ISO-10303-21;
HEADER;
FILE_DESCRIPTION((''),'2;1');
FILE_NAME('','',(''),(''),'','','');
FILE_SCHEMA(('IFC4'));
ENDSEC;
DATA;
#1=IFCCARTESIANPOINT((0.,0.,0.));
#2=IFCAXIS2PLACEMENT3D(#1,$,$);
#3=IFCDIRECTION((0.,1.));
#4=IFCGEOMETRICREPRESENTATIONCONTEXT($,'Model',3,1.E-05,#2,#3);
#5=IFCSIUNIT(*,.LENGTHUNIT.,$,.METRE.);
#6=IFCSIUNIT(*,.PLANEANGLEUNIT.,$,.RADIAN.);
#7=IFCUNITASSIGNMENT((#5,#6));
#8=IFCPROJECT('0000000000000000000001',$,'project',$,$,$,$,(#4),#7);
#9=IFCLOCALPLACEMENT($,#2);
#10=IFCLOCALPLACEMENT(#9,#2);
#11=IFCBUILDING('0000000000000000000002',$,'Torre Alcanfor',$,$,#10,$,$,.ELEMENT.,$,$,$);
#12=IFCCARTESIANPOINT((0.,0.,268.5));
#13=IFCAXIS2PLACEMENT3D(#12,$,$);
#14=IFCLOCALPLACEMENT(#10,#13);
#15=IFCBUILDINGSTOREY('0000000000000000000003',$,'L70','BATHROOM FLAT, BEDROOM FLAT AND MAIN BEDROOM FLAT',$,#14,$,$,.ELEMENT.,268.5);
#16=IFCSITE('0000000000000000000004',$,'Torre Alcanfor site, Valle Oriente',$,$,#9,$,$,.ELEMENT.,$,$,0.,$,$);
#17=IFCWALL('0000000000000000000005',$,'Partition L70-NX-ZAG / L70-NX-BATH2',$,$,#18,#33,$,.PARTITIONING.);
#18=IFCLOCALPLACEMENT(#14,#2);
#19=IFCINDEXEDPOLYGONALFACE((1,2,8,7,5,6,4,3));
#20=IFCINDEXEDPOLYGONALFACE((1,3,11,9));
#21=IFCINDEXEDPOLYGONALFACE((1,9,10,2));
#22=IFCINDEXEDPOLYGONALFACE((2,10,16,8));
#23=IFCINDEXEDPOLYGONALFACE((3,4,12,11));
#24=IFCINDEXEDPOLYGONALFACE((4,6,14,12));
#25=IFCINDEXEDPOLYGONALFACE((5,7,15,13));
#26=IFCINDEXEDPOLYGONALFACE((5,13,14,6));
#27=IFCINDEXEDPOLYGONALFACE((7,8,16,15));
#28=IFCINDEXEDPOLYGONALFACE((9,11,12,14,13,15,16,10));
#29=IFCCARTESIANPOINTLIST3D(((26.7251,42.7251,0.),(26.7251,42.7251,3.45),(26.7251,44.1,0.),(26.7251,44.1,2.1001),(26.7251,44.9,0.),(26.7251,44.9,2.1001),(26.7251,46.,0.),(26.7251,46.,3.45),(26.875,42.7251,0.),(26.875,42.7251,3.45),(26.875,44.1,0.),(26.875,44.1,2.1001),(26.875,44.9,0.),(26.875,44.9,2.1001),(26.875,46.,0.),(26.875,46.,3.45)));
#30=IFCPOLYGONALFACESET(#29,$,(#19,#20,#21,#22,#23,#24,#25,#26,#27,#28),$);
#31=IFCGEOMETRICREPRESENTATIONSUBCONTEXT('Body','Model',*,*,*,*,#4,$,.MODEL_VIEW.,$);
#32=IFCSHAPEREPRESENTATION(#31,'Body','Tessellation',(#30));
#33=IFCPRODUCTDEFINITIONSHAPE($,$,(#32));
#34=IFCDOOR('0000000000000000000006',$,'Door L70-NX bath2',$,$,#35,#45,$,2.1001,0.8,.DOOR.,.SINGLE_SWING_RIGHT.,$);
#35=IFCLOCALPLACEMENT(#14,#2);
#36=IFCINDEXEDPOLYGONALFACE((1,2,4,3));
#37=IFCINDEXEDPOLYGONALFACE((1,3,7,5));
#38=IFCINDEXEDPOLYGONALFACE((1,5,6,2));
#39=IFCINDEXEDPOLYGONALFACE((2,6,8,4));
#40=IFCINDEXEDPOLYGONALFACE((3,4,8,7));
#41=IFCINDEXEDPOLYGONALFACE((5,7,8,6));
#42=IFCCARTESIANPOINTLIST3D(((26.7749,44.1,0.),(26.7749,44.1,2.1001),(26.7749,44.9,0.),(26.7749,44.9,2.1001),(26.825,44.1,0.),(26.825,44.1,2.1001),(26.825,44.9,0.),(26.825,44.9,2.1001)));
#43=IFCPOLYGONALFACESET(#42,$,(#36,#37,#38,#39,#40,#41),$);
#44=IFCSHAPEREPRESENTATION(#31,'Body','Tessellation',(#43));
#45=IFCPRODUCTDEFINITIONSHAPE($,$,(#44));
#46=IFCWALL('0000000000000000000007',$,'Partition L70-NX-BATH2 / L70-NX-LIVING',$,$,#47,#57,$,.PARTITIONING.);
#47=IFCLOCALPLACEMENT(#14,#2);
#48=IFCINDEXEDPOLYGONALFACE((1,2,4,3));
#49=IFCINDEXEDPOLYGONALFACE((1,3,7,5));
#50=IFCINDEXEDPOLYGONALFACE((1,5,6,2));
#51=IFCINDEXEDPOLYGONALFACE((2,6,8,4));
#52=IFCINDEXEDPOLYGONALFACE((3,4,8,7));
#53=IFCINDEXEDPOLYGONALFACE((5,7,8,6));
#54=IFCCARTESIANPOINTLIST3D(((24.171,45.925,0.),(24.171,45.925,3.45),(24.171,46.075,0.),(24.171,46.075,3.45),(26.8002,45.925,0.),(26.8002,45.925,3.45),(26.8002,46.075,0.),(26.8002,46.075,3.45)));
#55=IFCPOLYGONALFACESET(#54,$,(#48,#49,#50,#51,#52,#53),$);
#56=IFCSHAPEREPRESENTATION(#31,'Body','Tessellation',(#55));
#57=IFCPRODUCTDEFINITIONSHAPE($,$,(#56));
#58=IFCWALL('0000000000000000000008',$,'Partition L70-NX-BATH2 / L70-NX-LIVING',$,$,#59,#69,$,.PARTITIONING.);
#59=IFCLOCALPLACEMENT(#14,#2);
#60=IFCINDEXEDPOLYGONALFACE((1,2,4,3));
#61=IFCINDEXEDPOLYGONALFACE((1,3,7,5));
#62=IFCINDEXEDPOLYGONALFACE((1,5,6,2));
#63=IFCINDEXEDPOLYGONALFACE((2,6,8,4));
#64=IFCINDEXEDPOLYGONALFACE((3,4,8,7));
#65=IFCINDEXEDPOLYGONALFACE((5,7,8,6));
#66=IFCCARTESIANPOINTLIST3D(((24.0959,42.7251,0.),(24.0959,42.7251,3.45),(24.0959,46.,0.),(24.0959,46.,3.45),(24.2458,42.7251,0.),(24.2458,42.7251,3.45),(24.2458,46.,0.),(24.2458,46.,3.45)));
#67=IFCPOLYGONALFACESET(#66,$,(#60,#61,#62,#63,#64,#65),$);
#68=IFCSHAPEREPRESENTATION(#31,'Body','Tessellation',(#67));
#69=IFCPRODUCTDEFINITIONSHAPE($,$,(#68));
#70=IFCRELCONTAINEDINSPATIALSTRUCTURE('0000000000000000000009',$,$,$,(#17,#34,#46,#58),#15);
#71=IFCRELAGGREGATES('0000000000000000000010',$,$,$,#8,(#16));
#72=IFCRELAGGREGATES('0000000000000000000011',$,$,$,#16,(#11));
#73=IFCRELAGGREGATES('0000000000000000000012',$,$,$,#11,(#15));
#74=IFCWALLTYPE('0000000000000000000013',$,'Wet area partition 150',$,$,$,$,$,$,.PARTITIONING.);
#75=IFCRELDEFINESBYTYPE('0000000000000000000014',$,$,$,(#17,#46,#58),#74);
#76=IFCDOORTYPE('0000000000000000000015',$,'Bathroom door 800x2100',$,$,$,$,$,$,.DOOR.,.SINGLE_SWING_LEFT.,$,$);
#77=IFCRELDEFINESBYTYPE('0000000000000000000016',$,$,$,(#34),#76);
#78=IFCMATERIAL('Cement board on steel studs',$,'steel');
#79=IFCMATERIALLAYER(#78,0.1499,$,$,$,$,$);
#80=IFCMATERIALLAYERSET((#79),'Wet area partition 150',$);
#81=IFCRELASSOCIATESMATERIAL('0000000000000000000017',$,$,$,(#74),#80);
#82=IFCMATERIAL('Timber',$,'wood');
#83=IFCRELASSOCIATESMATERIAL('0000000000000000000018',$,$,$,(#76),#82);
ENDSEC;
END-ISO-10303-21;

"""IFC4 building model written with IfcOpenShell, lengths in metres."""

from ifc_helpers import new_model, si_unit, direction, frame, frame_2d, origin, place, context, subcontext, project, spatial, rectangle, extrude, material, layer, layer_set, type_object, element, fill, save


model = new_model("IFC4")

# Units and contexts
model_context = context("Model", 3, precision=1e-05, world=origin(), true_north=direction((0.0, 1.0)))
body_context = subcontext(model_context, "Body", "Model", "MODEL_VIEW")
ifc_project = project(units=[si_unit("LENGTHUNIT", "METRE"), si_unit("PLANEANGLEUNIT", "RADIAN")], contexts=[model_context])

# Site, building, storey
site_placement = place(None, origin())
site = spatial("IfcSite", under=ifc_project, at=site_placement, Name="Torre Alcanfor site, Valle Oriente", CompositionType="ELEMENT", RefElevation=0.0)
building_placement = place(site_placement, origin())
building = spatial("IfcBuilding", under=site, at=building_placement, Name="Torre Alcanfor", CompositionType="ELEMENT")
storey_placement = place(building_placement, frame((0.0, 0.0, 268.5)))
storey = spatial("IfcBuildingStorey", under=building, at=storey_placement, Name="L70", Description="BATHROOM FLAT, BEDROOM FLAT AND MAIN BEDROOM FLAT", CompositionType="ELEMENT", Elevation=268.5)

# Wall, opening, door
ifc_material_1 = material(Name="Cement board on steel studs", Category="steel")
ifc_layer_1 = layer(ifc_material_1, 0.1499)
ifc_layer_set_1 = layer_set([ifc_layer_1], Name="Wet area partition 150")
wall_type_1 = type_object("IfcWallType", Name="Wet area partition 150", PredefinedType="PARTITIONING", material=ifc_layer_set_1)
wall_1_placement = place(storey_placement, frame((26.8, 46.0, 0.0), z_axis=(0.0, 0.0, 1.0), x_axis=(0.0, -1.0, 0.0)))
wall_1 = element("IfcWall", 1, at=wall_1_placement, inside=storey, type_object=wall_type_1, Name="Partition L70-NX-ZAG / L70-NX-BATH2", PredefinedType="PARTITIONING", context=body_context, shape_type="SweptSolid", body=[
    extrude(rectangle(XDim=3.2749, YDim=0.1499, at=frame_2d((1.6375, 0.0))), origin(), (0.0, 0.0, 1.0), 3.45),
])
opening_1_placement = place(wall_1_placement, frame((1.1001, 0.0, 0.0)))
opening_1 = element("IfcOpeningElement", 2, at=opening_1_placement, cuts=wall_1, PredefinedType="OPENING", context=body_context, shape_type="SweptSolid", body=[
    extrude(rectangle(XDim=0.8, YDim=2.1001, at=frame_2d((0.3999, 1.05))), frame((0.0, 0.085, 0.0), z_axis=(0.0, -1.0, 0.0), x_axis=(1.0, 0.0, 0.0)), (0.0, 0.0, 1.0), 0.1699),
])
ifc_material_2 = material(Name="Timber", Category="wood")
door_type_1 = type_object("IfcDoorType", Name="Bathroom door 800x2100", OperationType="SINGLE_SWING_LEFT", PredefinedType="DOOR", material=ifc_material_2)
door_1_placement = place(opening_1_placement, frame((0.8, 0.0, 0.0), z_axis=(0.0, 0.0, 1.0), x_axis=(-1.0, 0.0, 0.0)))
door_1 = element("IfcDoor", 3, at=door_1_placement, inside=storey, type_object=door_type_1, Name="Door L70-NX bath2", OperationType="SINGLE_SWING_RIGHT", OverallHeight=2.1001, OverallWidth=0.8, PredefinedType="DOOR", context=body_context, shape_type="SweptSolid", body=[
    extrude(rectangle(XDim=0.8, YDim=2.1001, at=frame_2d((0.4001, 1.05))), frame((0.0, 0.0251, 0.0), z_axis=(0.0, -1.0, 0.0), x_axis=(1.0, 0.0, 0.0)), (0.0, 0.0, 1.0), 0.05),
])
fill(opening_1, door_1)

# Walls
wall_2_placement = place(storey_placement, frame((26.8, 46.0, 0.0), z_axis=(0.0, 0.0, 1.0), x_axis=(-1.0, 0.0, 0.0)))
element("IfcWall", 4, at=wall_2_placement, inside=storey, type_object=wall_type_1, Name="Partition L70-NX-BATH2 / L70-NX-LIVING", PredefinedType="PARTITIONING", context=body_context, shape_type="SweptSolid", body=[
    extrude(rectangle(XDim=2.6292, YDim=0.1499, at=frame_2d((1.3145, 0.0))), origin(), (0.0, 0.0, 1.0), 3.45),
])
wall_3_placement = place(storey_placement, frame((24.1709, 46.0, 0.0), z_axis=(0.0, 0.0, 1.0), x_axis=(0.0, -1.0, 0.0)))
element("IfcWall", 5, at=wall_3_placement, inside=storey, type_object=wall_type_1, Name="Partition L70-NX-BATH2 / L70-NX-LIVING", PredefinedType="PARTITIONING", context=body_context, shape_type="SweptSolid", body=[
    extrude(rectangle(XDim=3.2749, YDim=0.1499, at=frame_2d((1.6375, 0.0))), origin(), (0.0, 0.0, 1.0), 3.45),
])

save(model, "model.ifc")
